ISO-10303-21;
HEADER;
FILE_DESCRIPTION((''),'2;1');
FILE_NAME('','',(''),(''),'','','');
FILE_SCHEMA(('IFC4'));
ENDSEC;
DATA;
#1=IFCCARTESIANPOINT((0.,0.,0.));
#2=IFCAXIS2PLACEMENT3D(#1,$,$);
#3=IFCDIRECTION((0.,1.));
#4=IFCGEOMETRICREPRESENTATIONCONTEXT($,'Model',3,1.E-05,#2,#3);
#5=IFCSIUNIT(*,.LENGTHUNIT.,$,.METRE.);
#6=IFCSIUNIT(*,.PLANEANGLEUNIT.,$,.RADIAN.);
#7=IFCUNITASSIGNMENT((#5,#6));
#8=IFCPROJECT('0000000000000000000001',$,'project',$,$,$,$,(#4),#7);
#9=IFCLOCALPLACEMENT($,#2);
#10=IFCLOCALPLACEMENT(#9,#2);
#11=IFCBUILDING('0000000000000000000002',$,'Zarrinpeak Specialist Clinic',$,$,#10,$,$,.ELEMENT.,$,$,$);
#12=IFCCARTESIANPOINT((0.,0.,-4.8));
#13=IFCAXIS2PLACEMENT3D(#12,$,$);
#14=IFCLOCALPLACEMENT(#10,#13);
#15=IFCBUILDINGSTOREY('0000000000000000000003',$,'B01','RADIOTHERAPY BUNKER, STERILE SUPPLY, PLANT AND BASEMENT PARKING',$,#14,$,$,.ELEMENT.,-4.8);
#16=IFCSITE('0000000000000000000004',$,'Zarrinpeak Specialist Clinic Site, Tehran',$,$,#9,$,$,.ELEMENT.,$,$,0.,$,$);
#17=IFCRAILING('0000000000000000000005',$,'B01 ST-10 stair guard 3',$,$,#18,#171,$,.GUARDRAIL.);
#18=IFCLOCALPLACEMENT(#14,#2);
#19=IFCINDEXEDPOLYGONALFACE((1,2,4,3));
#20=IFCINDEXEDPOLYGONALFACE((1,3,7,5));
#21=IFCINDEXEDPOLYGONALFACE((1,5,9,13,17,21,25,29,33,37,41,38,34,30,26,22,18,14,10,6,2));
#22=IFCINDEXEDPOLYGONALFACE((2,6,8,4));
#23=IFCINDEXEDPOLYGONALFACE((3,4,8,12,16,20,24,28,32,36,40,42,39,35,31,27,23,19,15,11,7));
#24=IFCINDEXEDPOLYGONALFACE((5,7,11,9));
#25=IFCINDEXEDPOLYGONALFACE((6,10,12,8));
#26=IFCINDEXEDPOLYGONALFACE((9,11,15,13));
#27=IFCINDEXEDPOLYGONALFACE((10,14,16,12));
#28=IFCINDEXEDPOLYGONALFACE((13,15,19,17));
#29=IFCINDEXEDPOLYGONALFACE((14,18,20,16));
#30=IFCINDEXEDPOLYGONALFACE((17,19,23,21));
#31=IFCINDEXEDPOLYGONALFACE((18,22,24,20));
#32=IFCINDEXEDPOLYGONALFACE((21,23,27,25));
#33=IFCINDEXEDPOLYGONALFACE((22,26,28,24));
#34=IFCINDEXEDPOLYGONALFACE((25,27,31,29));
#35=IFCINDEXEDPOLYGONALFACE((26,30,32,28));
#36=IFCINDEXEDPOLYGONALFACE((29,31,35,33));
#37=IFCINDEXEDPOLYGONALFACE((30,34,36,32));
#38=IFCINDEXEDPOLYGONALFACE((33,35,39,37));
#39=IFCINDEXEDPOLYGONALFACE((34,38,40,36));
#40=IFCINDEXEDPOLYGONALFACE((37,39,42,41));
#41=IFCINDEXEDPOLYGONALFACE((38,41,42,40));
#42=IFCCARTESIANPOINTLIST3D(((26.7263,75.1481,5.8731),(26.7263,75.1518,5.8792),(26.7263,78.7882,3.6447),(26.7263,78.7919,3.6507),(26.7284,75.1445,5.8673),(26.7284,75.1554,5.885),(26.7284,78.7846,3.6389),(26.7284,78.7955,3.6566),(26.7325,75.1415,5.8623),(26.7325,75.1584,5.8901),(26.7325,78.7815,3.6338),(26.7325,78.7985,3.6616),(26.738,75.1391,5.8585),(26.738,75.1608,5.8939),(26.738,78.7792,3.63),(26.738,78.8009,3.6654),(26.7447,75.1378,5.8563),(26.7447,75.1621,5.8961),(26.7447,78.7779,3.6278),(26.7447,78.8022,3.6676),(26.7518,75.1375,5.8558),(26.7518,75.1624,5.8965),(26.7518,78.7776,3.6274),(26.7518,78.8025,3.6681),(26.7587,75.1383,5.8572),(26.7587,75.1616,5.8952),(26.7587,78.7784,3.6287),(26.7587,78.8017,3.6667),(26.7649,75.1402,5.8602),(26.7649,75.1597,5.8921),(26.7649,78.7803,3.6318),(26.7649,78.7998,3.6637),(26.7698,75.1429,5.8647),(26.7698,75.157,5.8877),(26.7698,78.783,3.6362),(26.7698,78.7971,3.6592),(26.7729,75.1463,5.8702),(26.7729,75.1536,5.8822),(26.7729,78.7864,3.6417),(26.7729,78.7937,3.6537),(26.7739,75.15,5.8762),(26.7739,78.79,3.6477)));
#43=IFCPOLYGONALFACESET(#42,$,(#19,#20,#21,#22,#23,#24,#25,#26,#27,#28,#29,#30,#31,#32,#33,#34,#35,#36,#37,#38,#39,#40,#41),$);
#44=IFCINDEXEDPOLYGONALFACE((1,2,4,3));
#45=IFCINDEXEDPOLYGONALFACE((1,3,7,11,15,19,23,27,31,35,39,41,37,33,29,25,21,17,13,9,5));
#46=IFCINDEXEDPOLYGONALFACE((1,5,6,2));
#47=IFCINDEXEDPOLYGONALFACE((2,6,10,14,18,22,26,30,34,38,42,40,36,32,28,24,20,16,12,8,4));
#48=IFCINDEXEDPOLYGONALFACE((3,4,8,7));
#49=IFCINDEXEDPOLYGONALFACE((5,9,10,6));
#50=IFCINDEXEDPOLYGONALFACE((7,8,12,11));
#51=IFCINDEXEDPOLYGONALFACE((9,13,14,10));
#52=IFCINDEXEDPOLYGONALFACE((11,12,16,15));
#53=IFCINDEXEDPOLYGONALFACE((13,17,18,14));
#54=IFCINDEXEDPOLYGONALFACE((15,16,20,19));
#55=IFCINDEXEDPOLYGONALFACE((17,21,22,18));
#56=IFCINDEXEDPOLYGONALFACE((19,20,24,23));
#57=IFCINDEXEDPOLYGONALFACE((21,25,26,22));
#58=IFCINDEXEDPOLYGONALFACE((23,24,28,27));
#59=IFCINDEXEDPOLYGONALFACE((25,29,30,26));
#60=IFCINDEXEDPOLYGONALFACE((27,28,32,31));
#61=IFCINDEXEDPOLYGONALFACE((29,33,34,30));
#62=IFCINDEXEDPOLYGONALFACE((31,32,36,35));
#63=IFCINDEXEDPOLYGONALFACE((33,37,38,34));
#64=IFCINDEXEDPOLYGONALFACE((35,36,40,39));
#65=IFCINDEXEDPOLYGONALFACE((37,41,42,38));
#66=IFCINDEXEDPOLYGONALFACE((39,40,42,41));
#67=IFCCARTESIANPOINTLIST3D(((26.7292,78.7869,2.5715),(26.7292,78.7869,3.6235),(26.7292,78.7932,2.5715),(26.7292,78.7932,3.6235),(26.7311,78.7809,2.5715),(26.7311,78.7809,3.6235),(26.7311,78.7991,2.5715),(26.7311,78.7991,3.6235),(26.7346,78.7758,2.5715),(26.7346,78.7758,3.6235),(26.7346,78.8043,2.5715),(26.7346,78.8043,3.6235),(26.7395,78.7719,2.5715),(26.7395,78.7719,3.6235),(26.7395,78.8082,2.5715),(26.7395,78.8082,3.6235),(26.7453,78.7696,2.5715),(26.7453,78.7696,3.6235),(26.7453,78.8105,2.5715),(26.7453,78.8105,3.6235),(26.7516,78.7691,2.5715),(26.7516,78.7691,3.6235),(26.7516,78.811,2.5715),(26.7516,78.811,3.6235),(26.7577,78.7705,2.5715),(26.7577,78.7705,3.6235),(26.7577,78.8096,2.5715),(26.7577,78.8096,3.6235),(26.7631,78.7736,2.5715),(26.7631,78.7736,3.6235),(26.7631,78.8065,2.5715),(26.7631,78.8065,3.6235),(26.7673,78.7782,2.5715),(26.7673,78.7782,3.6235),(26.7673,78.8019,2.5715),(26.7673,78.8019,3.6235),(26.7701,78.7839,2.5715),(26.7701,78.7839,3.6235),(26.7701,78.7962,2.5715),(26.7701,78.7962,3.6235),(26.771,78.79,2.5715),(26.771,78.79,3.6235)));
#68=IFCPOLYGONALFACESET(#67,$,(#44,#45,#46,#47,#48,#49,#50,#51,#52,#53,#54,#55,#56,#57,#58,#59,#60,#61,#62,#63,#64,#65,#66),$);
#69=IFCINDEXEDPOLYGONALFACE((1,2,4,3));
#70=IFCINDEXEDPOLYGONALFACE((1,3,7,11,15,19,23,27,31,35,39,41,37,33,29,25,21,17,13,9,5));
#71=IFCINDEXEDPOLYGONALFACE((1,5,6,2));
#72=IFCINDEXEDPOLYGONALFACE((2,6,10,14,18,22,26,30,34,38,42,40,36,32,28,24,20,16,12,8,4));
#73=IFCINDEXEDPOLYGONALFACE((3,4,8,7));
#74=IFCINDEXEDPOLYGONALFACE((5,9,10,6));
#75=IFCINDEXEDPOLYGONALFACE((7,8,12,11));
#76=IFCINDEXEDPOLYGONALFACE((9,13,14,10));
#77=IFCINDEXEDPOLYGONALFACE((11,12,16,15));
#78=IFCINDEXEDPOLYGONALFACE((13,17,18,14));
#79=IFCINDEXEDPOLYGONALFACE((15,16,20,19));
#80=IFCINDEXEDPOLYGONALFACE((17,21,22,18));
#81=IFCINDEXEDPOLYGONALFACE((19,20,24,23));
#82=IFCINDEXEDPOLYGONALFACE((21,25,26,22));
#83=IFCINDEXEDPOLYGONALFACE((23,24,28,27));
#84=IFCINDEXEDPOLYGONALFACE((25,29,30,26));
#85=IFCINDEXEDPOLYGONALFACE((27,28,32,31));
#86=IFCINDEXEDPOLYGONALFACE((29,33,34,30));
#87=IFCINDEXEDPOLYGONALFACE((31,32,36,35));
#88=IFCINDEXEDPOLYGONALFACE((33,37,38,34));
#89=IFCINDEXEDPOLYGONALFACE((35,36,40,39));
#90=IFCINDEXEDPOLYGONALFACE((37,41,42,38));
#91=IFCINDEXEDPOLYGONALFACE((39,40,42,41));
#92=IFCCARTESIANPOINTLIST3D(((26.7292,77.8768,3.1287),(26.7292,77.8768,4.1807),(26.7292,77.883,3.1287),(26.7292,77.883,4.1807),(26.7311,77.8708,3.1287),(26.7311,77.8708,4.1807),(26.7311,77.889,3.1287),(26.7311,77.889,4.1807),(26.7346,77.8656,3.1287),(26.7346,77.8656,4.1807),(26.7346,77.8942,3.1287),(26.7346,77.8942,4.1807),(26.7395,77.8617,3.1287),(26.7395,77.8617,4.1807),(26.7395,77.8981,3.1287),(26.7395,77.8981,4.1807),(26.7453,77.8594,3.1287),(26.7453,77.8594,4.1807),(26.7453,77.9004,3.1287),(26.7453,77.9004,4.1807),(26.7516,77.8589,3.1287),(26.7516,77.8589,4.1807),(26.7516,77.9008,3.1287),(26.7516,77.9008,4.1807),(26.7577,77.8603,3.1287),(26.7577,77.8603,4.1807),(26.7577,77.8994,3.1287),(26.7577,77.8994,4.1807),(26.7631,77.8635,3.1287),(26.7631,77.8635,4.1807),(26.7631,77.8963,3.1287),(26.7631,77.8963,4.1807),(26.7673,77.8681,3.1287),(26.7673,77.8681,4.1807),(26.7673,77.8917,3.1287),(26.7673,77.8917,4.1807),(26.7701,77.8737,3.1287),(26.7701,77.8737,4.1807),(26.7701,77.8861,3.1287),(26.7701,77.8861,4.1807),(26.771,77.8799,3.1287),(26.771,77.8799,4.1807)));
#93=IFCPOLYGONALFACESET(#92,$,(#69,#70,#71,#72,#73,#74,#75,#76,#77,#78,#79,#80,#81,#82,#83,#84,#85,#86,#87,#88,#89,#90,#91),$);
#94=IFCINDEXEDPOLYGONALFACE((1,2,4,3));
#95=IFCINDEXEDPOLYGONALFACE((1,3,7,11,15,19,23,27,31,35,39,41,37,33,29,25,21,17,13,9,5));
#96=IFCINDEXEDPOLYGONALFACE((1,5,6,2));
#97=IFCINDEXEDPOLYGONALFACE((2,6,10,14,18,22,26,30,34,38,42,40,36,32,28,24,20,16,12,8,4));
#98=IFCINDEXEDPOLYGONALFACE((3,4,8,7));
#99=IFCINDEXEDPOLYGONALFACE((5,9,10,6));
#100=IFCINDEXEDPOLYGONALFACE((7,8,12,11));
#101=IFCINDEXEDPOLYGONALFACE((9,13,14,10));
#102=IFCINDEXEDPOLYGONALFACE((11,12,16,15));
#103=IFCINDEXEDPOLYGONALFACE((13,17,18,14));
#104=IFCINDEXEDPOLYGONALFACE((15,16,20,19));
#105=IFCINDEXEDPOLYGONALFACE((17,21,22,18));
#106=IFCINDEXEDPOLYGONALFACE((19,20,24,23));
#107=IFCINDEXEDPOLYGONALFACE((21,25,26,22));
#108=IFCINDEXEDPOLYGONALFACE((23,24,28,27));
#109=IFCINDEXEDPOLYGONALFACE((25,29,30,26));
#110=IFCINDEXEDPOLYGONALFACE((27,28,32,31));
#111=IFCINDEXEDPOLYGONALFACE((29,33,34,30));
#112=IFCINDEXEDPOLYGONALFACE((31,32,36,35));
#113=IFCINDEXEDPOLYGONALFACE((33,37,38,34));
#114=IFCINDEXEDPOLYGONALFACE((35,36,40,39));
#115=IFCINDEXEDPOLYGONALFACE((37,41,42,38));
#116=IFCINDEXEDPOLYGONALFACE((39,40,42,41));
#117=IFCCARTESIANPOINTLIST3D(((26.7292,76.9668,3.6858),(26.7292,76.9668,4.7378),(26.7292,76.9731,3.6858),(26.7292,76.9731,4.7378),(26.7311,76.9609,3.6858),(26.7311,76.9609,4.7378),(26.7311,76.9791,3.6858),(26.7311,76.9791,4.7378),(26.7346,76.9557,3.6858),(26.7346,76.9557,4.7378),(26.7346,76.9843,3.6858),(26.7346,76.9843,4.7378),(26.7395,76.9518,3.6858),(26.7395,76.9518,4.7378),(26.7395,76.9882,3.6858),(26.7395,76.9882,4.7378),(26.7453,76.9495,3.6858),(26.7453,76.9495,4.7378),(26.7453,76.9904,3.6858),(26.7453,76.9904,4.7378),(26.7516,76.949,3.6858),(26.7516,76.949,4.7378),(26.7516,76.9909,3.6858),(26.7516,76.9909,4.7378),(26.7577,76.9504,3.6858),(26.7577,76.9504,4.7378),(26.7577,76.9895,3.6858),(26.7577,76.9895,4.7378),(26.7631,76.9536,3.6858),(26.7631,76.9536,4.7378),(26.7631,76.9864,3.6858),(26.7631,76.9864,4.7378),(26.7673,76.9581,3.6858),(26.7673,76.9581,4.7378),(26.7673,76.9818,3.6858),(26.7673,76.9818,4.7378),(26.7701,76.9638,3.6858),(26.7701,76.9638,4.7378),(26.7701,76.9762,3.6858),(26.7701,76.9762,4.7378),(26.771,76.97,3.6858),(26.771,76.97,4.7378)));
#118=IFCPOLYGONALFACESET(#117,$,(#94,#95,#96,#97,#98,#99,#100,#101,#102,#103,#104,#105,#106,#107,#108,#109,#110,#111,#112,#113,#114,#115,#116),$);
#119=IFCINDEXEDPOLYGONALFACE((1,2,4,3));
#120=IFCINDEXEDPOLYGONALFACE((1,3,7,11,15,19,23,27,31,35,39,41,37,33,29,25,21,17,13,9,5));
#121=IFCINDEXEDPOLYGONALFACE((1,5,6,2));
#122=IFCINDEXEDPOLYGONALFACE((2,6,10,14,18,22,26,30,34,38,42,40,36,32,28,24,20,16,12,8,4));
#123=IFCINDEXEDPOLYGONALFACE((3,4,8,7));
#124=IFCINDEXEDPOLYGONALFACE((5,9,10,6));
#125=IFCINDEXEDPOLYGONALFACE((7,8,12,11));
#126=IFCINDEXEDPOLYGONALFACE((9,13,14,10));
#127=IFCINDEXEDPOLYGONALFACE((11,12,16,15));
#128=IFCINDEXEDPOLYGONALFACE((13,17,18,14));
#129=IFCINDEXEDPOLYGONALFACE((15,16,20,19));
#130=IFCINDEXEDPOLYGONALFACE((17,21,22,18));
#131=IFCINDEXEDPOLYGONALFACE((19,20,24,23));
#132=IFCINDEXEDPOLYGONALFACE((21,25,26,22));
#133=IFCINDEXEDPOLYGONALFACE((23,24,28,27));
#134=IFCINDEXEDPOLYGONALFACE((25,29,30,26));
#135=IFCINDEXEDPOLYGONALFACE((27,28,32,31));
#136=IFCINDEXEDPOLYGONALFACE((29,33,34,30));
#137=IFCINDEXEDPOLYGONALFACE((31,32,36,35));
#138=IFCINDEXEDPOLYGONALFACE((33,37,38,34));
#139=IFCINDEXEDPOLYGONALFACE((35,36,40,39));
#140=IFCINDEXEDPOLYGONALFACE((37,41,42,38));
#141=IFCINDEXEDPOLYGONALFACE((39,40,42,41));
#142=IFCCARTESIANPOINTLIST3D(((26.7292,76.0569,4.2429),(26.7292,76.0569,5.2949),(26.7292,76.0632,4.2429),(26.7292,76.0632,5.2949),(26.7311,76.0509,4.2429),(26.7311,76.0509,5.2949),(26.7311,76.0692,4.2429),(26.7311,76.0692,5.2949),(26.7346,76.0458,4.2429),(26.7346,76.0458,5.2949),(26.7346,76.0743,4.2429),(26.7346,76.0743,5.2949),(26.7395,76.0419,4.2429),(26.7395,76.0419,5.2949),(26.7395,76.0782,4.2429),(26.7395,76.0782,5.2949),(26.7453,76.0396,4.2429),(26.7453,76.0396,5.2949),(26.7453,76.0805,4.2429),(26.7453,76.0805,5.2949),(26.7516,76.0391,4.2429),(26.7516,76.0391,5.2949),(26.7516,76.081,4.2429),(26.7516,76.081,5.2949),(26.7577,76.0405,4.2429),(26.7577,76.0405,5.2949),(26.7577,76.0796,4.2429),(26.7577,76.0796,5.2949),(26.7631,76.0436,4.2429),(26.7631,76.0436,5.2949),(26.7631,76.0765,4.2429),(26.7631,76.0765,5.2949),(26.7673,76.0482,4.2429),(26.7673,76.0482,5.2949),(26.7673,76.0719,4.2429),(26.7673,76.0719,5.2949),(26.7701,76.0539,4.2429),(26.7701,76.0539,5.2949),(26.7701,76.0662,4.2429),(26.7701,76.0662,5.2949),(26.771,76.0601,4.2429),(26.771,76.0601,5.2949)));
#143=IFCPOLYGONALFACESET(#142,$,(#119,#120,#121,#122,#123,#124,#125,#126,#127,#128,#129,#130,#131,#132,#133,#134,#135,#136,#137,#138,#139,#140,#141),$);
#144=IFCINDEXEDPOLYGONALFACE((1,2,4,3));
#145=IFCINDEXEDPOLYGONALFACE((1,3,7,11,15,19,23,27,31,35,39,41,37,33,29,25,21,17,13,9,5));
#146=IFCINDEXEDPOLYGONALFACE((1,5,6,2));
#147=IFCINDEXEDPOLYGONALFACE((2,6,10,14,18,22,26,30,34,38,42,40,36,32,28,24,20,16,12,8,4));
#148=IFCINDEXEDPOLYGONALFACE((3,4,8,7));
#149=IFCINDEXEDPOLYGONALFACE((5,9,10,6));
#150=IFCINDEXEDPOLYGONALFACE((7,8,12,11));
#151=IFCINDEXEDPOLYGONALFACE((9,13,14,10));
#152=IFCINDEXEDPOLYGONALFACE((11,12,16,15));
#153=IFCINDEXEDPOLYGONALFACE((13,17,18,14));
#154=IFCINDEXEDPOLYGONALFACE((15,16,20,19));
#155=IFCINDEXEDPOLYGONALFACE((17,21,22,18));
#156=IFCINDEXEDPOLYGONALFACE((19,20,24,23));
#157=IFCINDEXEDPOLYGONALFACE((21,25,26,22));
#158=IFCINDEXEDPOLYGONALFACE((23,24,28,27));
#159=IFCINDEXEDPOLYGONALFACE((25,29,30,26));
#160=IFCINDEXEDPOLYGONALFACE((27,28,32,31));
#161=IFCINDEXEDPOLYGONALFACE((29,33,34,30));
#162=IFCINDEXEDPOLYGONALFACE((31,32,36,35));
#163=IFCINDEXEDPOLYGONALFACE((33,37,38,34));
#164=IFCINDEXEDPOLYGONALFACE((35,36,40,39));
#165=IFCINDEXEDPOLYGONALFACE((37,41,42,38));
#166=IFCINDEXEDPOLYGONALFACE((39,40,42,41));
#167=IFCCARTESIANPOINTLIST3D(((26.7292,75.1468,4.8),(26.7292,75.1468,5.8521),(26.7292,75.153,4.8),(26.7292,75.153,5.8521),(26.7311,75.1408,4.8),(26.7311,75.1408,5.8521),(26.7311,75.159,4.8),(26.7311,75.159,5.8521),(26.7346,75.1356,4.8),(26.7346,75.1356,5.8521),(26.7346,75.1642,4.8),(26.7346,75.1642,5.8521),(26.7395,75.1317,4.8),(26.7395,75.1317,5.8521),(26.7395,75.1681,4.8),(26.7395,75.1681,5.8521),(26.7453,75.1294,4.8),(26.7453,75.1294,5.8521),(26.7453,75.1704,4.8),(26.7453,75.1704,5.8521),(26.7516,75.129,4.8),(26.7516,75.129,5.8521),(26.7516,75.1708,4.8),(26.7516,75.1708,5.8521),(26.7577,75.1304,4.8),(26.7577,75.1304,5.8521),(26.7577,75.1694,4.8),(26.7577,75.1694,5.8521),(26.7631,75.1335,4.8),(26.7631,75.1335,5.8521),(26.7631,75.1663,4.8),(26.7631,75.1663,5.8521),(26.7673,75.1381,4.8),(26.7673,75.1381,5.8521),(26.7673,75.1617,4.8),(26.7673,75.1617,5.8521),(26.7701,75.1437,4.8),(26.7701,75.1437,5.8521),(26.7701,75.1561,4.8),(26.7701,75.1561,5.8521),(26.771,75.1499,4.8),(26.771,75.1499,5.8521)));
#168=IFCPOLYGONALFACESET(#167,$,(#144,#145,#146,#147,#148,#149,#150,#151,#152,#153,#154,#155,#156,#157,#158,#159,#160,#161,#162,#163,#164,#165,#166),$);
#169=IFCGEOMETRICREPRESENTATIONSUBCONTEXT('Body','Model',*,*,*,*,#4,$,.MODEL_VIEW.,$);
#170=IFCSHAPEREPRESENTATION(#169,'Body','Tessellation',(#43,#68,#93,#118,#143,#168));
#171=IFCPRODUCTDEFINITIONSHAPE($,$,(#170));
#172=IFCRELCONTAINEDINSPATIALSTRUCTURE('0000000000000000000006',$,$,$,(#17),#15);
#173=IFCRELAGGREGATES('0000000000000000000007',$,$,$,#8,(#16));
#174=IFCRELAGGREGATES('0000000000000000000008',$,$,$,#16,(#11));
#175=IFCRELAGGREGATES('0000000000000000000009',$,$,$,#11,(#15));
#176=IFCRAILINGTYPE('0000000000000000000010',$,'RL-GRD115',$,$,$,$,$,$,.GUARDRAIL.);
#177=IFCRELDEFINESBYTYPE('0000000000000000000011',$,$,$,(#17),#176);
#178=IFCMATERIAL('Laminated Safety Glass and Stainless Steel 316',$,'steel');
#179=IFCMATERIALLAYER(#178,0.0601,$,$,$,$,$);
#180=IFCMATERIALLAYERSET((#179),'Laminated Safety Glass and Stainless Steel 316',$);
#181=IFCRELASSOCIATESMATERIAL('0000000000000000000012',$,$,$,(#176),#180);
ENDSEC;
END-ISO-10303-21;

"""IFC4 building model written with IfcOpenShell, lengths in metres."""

from ifc_helpers import new_model, si_unit, direction, frame, origin, origin_2d, place, context, subcontext, project, spatial, circle, extrude, material, layer, layer_set, type_object, element, save


model = new_model("IFC4")

# Units and contexts
model_context = context("Model", 3, precision=1e-05, world=origin(), true_north=direction((0.0, 1.0)))
body_context = subcontext(model_context, "Body", "Model", "MODEL_VIEW")
ifc_project = project(units=[si_unit("LENGTHUNIT", "METRE"), si_unit("PLANEANGLEUNIT", "RADIAN")], contexts=[model_context])

# Site, building, storey
site_placement = place(None, origin())
site = spatial("IfcSite", under=ifc_project, at=site_placement, Name="Zarrinpeak Specialist Clinic Site, Tehran", CompositionType="ELEMENT", RefElevation=0.0)
building_placement = place(site_placement, origin())
building = spatial("IfcBuilding", under=site, at=building_placement, Name="Zarrinpeak Specialist Clinic", CompositionType="ELEMENT")
storey_placement = place(building_placement, frame((0.0, 0.0, -4.8)))
storey = spatial("IfcBuildingStorey", under=building, at=storey_placement, Name="B01", Description="RADIOTHERAPY BUNKER, STERILE SUPPLY, PLANT AND BASEMENT PARKING", CompositionType="ELEMENT", Elevation=-4.8)

# Railing
ifc_material_1 = material(Name="Laminated Safety Glass and Stainless Steel 316", Category="steel")
ifc_layer_1 = layer(ifc_material_1, 0.0601)
ifc_layer_set_1 = layer_set([ifc_layer_1], Name="Laminated Safety Glass and Stainless Steel 316")
railing_type_1 = type_object("IfcRailingType", Name="RL-GRD115", PredefinedType="GUARDRAIL", material=ifc_layer_set_1)
railing_1_placement = place(storey_placement, frame((26.75, 78.79, 2.5715)))
element("IfcRailing", 1, at=railing_1_placement, inside=storey, type_object=railing_type_1, Name="B01 ST-10 stair guard 3", PredefinedType="GUARDRAIL", context=body_context, shape_type="SweptSolid", body=[
    extrude(circle(Radius=0.0239, at=origin_2d()), frame((0.0, 0.0, 1.0762), z_axis=(0.0, -0.852866, 0.52213), x_axis=(1.0, 0.0, 0.0)), (0.0, 0.0, 1.0), 4.2681),
    extrude(circle(Radius=0.021, at=origin_2d()), origin(), (0.0, 0.0, 1.0), 1.052),
    extrude(circle(Radius=0.021, at=origin_2d()), frame((0.0, -0.9102, 0.5571)), (0.0, 0.0, 1.0), 1.052),
    extrude(circle(Radius=0.021, at=origin_2d()), frame((0.0, -1.8201, 1.1143)), (0.0, 0.0, 1.0), 1.052),
    extrude(circle(Radius=0.021, at=origin_2d()), frame((0.0, -2.73, 1.6714)), (0.0, 0.0, 1.0), 1.052),
    extrude(circle(Radius=0.021, at=origin_2d()), frame((0.0, -3.6401, 2.2285)), (0.0, 0.0, 1.0), 1.052),
])

save(model, "model.ifc")
